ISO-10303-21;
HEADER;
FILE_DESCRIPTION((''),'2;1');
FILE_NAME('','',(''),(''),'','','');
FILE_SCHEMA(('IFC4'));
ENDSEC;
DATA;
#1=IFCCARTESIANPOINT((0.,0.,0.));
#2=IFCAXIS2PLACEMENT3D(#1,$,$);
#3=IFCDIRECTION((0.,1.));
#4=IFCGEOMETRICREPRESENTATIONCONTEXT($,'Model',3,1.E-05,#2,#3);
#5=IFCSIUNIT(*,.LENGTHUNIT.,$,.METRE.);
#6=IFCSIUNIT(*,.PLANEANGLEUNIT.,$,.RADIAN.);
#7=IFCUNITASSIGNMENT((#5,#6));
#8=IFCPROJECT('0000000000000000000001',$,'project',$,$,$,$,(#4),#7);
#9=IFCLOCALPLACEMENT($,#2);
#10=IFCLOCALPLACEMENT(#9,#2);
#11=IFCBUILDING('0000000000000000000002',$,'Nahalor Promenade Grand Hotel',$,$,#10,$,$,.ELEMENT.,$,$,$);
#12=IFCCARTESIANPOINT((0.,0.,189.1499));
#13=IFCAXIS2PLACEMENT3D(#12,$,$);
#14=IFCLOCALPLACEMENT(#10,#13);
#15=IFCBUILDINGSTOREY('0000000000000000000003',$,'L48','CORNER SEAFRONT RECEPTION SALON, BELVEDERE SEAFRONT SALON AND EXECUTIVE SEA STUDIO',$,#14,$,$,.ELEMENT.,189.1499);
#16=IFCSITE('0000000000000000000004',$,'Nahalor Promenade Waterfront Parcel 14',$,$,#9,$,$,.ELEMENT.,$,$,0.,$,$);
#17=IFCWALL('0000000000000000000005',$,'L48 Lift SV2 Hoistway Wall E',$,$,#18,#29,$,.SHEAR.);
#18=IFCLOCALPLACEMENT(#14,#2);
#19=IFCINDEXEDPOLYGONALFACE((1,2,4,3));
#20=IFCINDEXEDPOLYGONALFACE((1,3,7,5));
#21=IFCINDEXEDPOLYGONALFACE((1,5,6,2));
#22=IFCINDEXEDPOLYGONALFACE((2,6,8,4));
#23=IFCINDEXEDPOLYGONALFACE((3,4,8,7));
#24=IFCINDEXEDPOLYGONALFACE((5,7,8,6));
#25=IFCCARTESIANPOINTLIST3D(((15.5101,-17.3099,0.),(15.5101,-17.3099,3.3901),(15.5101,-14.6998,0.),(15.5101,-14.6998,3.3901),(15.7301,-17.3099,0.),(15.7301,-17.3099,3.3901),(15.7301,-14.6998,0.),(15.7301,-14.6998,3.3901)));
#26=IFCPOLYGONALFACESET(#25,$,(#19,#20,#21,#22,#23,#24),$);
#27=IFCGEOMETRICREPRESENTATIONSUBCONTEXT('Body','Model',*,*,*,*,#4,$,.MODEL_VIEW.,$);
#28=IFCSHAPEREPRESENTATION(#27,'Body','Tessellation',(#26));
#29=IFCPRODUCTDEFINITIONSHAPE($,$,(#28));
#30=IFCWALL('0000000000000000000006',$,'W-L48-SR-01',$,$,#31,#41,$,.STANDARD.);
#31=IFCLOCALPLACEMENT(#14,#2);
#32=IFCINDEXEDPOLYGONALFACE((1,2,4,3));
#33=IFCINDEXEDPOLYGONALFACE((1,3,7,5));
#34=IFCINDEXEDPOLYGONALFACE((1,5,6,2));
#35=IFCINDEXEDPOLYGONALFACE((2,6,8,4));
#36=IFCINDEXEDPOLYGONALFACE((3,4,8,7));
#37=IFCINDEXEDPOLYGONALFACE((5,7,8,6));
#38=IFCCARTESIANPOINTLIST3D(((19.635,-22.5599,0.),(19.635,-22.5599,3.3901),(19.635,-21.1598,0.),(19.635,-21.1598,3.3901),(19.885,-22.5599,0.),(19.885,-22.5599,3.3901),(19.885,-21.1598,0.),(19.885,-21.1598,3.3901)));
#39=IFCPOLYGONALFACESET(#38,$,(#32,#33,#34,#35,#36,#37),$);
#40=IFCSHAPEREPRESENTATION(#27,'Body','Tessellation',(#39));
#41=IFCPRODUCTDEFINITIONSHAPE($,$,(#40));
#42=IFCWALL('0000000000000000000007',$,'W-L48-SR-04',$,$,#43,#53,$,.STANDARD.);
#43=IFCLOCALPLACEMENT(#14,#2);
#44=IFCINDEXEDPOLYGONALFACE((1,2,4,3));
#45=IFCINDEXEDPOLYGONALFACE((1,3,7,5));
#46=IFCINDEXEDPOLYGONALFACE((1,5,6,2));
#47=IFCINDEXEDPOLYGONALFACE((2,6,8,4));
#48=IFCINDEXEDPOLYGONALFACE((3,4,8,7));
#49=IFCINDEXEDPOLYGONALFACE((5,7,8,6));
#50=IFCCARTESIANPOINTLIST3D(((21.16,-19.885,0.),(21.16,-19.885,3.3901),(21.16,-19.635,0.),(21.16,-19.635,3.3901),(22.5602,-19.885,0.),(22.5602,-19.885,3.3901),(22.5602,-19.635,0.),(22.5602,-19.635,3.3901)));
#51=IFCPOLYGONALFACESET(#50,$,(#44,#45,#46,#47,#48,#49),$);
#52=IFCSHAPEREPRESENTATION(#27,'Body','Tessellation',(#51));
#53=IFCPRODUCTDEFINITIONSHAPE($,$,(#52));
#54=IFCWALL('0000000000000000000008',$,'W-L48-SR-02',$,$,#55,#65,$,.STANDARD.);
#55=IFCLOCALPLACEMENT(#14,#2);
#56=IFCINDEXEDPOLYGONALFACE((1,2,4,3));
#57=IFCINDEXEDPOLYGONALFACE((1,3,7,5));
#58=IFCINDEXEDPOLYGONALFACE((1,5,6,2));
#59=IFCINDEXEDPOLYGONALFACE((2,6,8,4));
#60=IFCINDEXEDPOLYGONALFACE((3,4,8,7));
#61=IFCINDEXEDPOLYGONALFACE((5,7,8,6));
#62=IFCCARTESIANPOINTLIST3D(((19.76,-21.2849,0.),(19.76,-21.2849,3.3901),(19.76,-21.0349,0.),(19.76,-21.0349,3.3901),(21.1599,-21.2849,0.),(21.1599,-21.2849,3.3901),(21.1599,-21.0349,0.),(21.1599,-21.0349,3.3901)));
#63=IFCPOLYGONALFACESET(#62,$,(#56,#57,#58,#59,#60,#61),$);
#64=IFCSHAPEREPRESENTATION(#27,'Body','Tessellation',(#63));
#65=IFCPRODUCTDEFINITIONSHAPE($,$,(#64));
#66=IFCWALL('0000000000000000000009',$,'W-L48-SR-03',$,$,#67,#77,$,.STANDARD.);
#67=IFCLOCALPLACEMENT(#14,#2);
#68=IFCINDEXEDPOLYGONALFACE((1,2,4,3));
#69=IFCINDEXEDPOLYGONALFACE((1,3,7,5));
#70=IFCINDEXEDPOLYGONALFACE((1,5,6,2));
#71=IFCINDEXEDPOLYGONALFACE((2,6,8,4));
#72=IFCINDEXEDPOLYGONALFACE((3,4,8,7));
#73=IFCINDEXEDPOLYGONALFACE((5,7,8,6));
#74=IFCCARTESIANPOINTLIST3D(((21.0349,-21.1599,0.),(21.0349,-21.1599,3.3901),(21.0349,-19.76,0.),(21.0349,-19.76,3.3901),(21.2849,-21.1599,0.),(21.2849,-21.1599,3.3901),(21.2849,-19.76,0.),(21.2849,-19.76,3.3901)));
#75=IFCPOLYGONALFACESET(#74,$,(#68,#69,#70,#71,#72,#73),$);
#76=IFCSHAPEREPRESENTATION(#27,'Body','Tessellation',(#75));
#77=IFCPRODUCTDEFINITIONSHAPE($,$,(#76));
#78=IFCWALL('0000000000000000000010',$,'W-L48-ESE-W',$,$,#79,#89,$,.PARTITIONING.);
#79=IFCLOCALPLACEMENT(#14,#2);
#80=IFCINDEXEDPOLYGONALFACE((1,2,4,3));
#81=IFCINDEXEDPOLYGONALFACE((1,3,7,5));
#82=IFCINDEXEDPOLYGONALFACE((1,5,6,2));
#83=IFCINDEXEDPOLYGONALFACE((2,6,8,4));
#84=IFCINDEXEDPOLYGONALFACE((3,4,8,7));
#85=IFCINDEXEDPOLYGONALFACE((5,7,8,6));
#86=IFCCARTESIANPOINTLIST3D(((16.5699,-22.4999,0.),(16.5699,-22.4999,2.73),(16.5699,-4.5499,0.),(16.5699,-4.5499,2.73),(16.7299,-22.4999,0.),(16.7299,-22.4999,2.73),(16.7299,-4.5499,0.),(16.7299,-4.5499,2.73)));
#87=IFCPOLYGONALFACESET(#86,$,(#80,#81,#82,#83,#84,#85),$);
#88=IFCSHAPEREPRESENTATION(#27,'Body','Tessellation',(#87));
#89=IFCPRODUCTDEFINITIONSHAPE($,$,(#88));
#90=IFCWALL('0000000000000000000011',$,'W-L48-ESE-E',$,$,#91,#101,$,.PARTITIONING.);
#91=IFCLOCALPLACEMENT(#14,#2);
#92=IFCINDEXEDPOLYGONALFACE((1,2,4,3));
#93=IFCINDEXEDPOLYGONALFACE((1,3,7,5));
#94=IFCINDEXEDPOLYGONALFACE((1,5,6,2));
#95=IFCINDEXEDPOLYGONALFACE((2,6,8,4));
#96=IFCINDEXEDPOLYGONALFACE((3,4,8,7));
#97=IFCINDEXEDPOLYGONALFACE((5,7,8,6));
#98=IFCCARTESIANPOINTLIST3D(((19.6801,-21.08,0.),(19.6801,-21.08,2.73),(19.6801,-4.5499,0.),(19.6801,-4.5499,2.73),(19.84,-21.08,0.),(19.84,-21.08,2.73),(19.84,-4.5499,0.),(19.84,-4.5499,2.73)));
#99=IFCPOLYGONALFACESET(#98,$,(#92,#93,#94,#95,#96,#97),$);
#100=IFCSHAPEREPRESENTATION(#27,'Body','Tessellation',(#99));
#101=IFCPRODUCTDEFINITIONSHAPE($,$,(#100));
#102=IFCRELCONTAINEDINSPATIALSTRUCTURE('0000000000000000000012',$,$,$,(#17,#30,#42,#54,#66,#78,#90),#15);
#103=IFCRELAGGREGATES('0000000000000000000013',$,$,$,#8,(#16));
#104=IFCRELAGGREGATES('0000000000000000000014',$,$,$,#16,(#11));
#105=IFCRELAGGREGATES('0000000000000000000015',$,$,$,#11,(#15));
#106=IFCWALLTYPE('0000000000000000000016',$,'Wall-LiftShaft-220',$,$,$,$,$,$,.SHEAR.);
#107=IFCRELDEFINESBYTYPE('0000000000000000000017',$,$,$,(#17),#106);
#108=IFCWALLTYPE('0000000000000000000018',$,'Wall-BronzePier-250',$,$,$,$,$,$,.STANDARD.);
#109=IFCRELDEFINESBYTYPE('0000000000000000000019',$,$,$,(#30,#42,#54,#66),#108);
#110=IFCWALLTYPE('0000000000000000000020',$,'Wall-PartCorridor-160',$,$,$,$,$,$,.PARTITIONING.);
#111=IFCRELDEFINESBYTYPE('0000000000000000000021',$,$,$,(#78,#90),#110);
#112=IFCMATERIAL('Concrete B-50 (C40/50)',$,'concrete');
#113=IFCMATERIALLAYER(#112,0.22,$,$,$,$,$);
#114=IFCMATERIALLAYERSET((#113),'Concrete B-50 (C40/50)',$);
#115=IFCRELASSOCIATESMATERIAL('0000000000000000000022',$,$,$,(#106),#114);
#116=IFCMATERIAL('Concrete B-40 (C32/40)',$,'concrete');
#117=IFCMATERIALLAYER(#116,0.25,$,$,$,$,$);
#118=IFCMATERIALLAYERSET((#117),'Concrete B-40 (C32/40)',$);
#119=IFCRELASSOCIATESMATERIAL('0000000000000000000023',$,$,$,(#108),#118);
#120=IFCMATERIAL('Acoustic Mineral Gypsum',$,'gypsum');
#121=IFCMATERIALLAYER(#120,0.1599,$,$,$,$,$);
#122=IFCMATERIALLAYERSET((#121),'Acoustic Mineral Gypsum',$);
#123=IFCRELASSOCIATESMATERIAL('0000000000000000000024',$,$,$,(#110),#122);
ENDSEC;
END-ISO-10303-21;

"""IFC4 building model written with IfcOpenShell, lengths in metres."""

from ifc_helpers import new_model, si_unit, direction, frame, frame_2d, origin, place, context, subcontext, project, spatial, rectangle, extrude, source, transform, mapped, material, layer, layer_set, type_object, element, save


model = new_model("IFC4")

# Units and contexts
model_context = context("Model", 3, precision=1e-05, world=origin(), true_north=direction((0.0, 1.0)))
body_context = subcontext(model_context, "Body", "Model", "MODEL_VIEW")
ifc_project = project(units=[si_unit("LENGTHUNIT", "METRE"), si_unit("PLANEANGLEUNIT", "RADIAN")], contexts=[model_context])

# Site, building, storey
site_placement = place(None, origin())
site = spatial("IfcSite", under=ifc_project, at=site_placement, Name="Nahalor Promenade Waterfront Parcel 14", CompositionType="ELEMENT", RefElevation=0.0)
building_placement = place(site_placement, origin())
building = spatial("IfcBuilding", under=site, at=building_placement, Name="Nahalor Promenade Grand Hotel", CompositionType="ELEMENT")
storey_placement = place(building_placement, frame((0.0, 0.0, 189.1499)))
storey = spatial("IfcBuildingStorey", under=building, at=storey_placement, Name="L48", Description="CORNER SEAFRONT RECEPTION SALON, BELVEDERE SEAFRONT SALON AND EXECUTIVE SEA STUDIO", CompositionType="ELEMENT", Elevation=189.1499)

# Walls
ifc_material_1 = material(Name="Concrete B-50 (C40/50)", Category="concrete")
ifc_layer_1 = layer(ifc_material_1, 0.22)
ifc_layer_set_1 = layer_set([ifc_layer_1], Name="Concrete B-50 (C40/50)")
wall_type_1 = type_object("IfcWallType", Name="Wall-LiftShaft-220", PredefinedType="SHEAR", material=ifc_layer_set_1)
shared_shape_1 = source(origin(), body_context, "Body", "SweptSolid", [
    extrude(rectangle(XDim=2.6101, YDim=0.22, at=frame_2d((1.3052, 0.0))), origin(), (0.0, 0.0, 1.0), 3.3901),
])
wall_1_placement = place(storey_placement, frame((15.6201, -17.3101, 0.0), z_axis=(0.0, 0.0, 1.0), x_axis=(0.0, 1.0, 0.0)))
element("IfcWall", 1, at=wall_1_placement, inside=storey, type_object=wall_type_1, Name="L48 Lift SV2 Hoistway Wall E", PredefinedType="SHEAR", context=body_context, shape_type="MappedRepresentation", body=[
    mapped(shared_shape_1, transform((0.0, 0.0, 0.0), scale=1.0)),
])
ifc_material_2 = material(Name="Concrete B-40 (C32/40)", Category="concrete")
ifc_layer_2 = layer(ifc_material_2, 0.25)
ifc_layer_set_2 = layer_set([ifc_layer_2], Name="Concrete B-40 (C32/40)")
wall_type_2 = type_object("IfcWallType", Name="Wall-BronzePier-250", PredefinedType="STANDARD", material=ifc_layer_set_2)
shared_shape_2 = source(origin(), body_context, "Body", "SweptSolid", [
    extrude(rectangle(XDim=1.4001, YDim=0.25, at=frame_2d((0.7002, 0.0))), origin(), (0.0, 0.0, 1.0), 3.3901),
])
for number, where, z_axis, x_axis, name in (
    (2, (19.76, -22.5601, 0.0), (0.0, 0.0, 1.0), (0.0, 1.0, 0.0), "W-L48-SR-01"),
    (3, (21.1599, -19.76, 0.0), (0.0, 0.0, 1.0), (1.0, 0.0, 0.0), "W-L48-SR-04"),
):
    element("IfcWall", number, at=place(storey_placement, frame(where, z_axis=z_axis, x_axis=x_axis)), inside=storey, type_object=wall_type_2, Name=name, PredefinedType="STANDARD", context=body_context, shape_type="MappedRepresentation", body=[
        mapped(shared_shape_2, transform((0.0, 0.0, 0.0), scale=1.0)),
    ])
shared_shape_3 = source(origin(), body_context, "Body", "SweptSolid", [
    extrude(rectangle(XDim=1.3999, YDim=0.25, at=frame_2d((0.7, 0.0))), origin(), (0.0, 0.0, 1.0), 3.3901),
])
for number, where, z_axis, x_axis, name in (
    (4, (19.76, -21.1599, 0.0), (0.0, 0.0, 1.0), (1.0, 0.0, 0.0), "W-L48-SR-02"),
    (5, (21.1599, -21.1599, 0.0), (0.0, 0.0, 1.0), (0.0, 1.0, 0.0), "W-L48-SR-03"),
):
    element("IfcWall", number, at=place(storey_placement, frame(where, z_axis=z_axis, x_axis=x_axis)), inside=storey, type_object=wall_type_2, Name=name, PredefinedType="STANDARD", context=body_context, shape_type="MappedRepresentation", body=[
        mapped(shared_shape_3, transform((0.0, 0.0, 0.0), scale=1.0)),
    ])
ifc_material_3 = material(Name="Acoustic Mineral Gypsum", Category="gypsum")
ifc_layer_3 = layer(ifc_material_3, 0.1599)
ifc_layer_set_3 = layer_set([ifc_layer_3], Name="Acoustic Mineral Gypsum")
wall_type_3 = type_object("IfcWallType", Name="Wall-PartCorridor-160", PredefinedType="PARTITIONING", material=ifc_layer_set_3)
shared_shape_4 = source(origin(), body_context, "Body", "SweptSolid", [
    extrude(rectangle(XDim=17.95, YDim=0.1599, at=frame_2d((8.9751, 0.0))), origin(), (0.0, 0.0, 1.0), 2.73),
])
wall_2_placement = place(storey_placement, frame((16.6499, -22.5, 0.0), z_axis=(0.0, 0.0, 1.0), x_axis=(0.0, 1.0, 0.0)))
element("IfcWall", 6, at=wall_2_placement, inside=storey, type_object=wall_type_3, Name="W-L48-ESE-W", PredefinedType="PARTITIONING", context=body_context, shape_type="MappedRepresentation", body=[
    mapped(shared_shape_4, transform((0.0, 0.0, 0.0), scale=1.0)),
])
shared_shape_5 = source(origin(), body_context, "Body", "SweptSolid", [
    extrude(rectangle(XDim=16.53, YDim=0.1599, at=frame_2d((8.2651, 0.0))), origin(), (0.0, 0.0, 1.0), 2.73),
])
wall_3_placement = place(storey_placement, frame((19.76, -21.0801, 0.0), z_axis=(0.0, 0.0, 1.0), x_axis=(0.0, 1.0, 0.0)))
element("IfcWall", 7, at=wall_3_placement, inside=storey, type_object=wall_type_3, Name="W-L48-ESE-E", PredefinedType="PARTITIONING", context=body_context, shape_type="MappedRepresentation", body=[
    mapped(shared_shape_5, transform((0.0, 0.0, 0.0), scale=1.0)),
])

save(model, "model.ifc")
